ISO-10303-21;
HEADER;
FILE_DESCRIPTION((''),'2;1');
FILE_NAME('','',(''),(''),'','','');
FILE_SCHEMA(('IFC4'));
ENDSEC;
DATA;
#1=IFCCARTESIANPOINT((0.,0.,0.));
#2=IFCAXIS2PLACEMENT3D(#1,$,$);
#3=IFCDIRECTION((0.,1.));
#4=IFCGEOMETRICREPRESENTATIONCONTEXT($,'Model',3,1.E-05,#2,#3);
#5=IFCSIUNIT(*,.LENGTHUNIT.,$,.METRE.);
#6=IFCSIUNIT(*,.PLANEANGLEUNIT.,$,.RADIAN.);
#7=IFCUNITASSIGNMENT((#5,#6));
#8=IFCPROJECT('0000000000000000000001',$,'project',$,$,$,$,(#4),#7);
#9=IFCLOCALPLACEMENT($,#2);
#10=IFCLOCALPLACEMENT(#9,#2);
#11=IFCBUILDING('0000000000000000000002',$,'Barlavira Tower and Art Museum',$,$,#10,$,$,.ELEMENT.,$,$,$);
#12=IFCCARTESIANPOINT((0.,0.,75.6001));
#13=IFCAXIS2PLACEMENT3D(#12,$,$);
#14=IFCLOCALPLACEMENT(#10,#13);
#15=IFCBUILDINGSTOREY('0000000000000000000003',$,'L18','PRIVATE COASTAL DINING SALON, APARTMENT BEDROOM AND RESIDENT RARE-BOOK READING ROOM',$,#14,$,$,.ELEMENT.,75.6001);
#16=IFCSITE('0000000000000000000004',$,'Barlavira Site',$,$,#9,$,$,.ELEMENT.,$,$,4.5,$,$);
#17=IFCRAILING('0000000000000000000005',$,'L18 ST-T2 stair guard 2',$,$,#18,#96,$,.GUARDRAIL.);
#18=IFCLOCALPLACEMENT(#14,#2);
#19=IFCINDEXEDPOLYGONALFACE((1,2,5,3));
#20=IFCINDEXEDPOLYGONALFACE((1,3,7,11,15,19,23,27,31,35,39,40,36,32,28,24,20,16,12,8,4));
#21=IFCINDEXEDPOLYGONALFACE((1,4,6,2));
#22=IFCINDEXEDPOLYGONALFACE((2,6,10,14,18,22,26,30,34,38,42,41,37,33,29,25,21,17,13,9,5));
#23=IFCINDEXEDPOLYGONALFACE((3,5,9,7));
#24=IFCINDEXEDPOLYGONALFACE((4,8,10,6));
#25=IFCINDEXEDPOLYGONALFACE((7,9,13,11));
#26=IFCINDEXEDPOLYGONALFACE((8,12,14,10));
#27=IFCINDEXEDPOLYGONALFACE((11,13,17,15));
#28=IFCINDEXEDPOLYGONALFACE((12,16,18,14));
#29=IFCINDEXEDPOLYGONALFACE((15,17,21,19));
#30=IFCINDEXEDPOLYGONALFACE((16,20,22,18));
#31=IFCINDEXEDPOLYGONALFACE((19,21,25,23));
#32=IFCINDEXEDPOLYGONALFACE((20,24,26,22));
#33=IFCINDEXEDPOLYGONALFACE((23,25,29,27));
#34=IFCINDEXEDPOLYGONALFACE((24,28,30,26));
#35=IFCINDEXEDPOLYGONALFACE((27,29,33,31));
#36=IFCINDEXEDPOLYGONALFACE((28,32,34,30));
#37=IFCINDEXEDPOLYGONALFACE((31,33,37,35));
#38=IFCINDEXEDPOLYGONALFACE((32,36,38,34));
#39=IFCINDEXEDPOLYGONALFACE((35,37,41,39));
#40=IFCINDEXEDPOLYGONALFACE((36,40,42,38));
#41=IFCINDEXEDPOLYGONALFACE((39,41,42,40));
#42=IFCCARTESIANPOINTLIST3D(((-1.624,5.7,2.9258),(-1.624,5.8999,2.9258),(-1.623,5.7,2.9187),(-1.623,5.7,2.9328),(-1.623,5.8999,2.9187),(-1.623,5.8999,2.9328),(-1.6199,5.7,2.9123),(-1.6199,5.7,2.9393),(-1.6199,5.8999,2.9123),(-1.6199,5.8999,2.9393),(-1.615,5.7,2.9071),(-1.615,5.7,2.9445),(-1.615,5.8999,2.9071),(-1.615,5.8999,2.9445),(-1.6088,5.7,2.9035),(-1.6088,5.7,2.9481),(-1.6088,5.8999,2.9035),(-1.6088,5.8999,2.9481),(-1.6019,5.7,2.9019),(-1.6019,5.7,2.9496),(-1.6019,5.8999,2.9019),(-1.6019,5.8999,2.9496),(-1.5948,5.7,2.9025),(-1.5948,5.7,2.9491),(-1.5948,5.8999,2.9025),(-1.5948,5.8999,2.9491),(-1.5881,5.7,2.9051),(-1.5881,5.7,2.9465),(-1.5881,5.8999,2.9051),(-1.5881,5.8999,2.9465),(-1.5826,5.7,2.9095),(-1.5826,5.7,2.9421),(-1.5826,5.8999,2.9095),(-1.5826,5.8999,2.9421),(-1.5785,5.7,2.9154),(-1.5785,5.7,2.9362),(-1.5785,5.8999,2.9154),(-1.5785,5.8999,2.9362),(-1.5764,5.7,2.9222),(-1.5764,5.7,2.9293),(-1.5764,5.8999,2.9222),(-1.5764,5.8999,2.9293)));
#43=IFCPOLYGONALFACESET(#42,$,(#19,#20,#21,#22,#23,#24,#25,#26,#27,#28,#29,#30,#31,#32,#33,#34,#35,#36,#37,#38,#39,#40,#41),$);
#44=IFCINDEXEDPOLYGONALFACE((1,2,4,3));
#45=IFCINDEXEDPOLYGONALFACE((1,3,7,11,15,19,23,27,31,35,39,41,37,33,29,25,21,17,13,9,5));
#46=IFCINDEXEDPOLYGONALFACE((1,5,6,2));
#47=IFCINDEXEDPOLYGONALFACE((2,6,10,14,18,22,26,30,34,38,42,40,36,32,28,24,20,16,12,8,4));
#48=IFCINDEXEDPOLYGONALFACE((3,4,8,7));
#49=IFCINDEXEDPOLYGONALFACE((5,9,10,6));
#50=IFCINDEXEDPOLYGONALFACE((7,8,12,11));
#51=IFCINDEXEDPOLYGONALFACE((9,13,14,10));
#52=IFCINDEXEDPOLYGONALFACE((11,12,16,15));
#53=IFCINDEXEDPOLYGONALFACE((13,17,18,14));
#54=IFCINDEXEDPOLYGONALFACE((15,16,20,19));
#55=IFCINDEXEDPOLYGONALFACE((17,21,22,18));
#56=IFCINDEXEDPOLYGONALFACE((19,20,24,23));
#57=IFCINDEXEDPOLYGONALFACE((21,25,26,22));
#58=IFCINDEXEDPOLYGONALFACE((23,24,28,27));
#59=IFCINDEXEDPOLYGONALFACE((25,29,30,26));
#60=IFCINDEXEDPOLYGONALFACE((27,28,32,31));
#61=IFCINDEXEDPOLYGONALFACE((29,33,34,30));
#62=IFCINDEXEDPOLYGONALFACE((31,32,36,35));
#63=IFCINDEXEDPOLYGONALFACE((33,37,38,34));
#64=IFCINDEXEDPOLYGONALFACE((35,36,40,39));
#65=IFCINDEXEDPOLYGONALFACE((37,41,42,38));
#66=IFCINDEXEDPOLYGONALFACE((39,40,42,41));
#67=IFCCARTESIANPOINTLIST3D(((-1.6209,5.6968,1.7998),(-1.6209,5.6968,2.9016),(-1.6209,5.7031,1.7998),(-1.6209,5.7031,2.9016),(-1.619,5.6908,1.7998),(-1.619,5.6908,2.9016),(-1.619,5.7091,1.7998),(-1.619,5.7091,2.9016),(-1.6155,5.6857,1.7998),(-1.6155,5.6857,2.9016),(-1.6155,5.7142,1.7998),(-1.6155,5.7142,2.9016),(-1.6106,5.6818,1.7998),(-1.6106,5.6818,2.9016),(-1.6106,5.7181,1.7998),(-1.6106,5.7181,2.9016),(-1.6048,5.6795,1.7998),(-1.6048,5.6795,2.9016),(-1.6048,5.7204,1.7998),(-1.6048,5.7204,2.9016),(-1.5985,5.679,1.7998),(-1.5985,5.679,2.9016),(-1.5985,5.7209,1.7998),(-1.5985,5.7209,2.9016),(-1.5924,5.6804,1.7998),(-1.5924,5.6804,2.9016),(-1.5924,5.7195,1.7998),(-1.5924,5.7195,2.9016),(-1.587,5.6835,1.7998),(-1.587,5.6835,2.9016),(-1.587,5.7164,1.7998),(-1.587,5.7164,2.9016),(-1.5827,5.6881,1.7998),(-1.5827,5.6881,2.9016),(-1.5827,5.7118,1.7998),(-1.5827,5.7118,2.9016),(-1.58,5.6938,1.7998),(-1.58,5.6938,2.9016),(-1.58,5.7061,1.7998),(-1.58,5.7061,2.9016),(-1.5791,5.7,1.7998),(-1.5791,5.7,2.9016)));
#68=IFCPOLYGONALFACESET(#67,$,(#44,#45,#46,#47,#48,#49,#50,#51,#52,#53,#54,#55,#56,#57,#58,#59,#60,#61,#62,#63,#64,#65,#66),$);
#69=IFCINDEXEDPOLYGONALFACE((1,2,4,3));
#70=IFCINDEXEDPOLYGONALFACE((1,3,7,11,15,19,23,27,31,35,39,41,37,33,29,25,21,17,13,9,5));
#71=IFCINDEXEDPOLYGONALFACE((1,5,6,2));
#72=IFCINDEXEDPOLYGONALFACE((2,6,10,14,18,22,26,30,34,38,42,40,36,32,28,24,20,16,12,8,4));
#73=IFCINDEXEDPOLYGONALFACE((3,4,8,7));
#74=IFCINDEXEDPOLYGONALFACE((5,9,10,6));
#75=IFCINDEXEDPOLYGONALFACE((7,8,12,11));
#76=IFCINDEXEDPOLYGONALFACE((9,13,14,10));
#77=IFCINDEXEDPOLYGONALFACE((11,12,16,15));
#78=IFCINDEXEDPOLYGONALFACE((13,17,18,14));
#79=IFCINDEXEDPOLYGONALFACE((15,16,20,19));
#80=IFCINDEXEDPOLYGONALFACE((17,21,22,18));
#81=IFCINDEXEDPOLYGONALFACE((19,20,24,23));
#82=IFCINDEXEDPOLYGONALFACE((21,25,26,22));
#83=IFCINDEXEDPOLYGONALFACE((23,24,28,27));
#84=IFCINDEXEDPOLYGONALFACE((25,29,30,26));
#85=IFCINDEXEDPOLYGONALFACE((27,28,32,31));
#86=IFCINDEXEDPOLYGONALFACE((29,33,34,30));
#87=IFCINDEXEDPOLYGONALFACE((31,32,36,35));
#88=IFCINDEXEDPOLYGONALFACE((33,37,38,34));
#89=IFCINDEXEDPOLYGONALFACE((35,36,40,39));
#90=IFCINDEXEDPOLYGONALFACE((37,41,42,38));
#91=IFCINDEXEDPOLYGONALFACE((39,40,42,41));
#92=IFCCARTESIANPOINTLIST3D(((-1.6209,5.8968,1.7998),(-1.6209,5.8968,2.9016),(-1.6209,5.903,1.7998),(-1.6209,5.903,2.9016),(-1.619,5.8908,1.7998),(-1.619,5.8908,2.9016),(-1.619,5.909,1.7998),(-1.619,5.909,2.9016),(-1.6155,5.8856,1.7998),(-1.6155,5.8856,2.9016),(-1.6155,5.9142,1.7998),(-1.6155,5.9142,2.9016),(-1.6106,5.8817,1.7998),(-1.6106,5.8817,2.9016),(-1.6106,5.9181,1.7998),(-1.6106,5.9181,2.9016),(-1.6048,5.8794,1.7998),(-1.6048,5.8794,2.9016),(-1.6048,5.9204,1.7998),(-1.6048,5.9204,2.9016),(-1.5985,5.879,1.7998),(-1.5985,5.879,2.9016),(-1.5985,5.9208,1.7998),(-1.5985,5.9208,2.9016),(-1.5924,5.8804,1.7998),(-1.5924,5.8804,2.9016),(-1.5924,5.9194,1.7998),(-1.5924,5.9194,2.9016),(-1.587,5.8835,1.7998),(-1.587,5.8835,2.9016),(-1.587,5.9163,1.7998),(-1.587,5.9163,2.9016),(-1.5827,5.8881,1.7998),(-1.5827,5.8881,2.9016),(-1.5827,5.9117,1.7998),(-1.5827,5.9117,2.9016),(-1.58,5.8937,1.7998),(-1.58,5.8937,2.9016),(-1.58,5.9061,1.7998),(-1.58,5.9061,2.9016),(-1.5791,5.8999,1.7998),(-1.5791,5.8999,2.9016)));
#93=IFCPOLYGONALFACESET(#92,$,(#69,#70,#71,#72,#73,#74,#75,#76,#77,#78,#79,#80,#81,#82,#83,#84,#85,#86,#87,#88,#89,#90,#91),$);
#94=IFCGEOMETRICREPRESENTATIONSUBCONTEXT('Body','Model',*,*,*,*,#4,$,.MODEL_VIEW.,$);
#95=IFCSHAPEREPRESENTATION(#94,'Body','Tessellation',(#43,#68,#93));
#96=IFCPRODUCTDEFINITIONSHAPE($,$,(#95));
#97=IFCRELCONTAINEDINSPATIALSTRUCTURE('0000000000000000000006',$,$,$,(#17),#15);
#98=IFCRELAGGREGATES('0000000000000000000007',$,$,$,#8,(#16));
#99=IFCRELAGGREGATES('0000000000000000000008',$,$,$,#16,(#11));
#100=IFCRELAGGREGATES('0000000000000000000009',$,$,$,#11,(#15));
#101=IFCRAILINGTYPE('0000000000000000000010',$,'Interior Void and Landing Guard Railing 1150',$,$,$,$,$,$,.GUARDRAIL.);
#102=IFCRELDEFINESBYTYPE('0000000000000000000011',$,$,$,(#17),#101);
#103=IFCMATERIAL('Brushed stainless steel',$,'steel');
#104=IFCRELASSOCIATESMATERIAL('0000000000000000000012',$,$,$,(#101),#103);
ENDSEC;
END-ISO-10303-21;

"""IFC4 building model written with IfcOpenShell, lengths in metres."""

from ifc_helpers import new_model, si_unit, direction, frame, origin, origin_2d, place, context, subcontext, project, spatial, circle, extrude, material, type_object, element, save


model = new_model("IFC4")

# Units and contexts
model_context = context("Model", 3, precision=1e-05, world=origin(), true_north=direction((0.0, 1.0)))
body_context = subcontext(model_context, "Body", "Model", "MODEL_VIEW")
ifc_project = project(units=[si_unit("LENGTHUNIT", "METRE"), si_unit("PLANEANGLEUNIT", "RADIAN")], contexts=[model_context])

# Site, building, storey
site_placement = place(None, origin())
site = spatial("IfcSite", under=ifc_project, at=site_placement, Name="Barlavira Site", CompositionType="ELEMENT", RefElevation=4.5)
building_placement = place(site_placement, origin())
building = spatial("IfcBuilding", under=site, at=building_placement, Name="Barlavira Tower and Art Museum", CompositionType="ELEMENT")
storey_placement = place(building_placement, frame((0.0, 0.0, 75.6001)))
storey = spatial("IfcBuildingStorey", under=building, at=storey_placement, Name="L18", Description="PRIVATE COASTAL DINING SALON, APARTMENT BEDROOM AND RESIDENT RARE-BOOK READING ROOM", CompositionType="ELEMENT", Elevation=75.6001)

# Shared definitions
ifc_material_1 = material(Name="Brushed stainless steel", Category="steel")

# Railing
railing_type_1 = type_object("IfcRailingType", Name="Interior Void and Landing Guard Railing 1150", PredefinedType="GUARDRAIL", material=ifc_material_1)
railing_1_placement = place(storey_placement, frame((-1.6001, 5.7, 1.7998)))
element("IfcRailing", 1, at=railing_1_placement, inside=storey, type_object=railing_type_1, Name="L18 ST-T2 stair guard 2", PredefinedType="GUARDRAIL", context=body_context, shape_type="SweptSolid", body=[
    extrude(circle(Radius=0.0239, at=origin_2d()), frame((0.0, 0.0, 1.126), z_axis=(0.0, 1.0, 0.0), x_axis=(-1.0, 0.0, 0.0)), (0.0, 0.0, 1.0), 0.2),
    extrude(circle(Radius=0.021, at=origin_2d()), origin(), (0.0, 0.0, 1.0), 1.1018),
    extrude(circle(Radius=0.021, at=origin_2d()), frame((0.0, 0.2, 0.0)), (0.0, 0.0, 1.0), 1.1018),
])

save(model, "model.ifc")
